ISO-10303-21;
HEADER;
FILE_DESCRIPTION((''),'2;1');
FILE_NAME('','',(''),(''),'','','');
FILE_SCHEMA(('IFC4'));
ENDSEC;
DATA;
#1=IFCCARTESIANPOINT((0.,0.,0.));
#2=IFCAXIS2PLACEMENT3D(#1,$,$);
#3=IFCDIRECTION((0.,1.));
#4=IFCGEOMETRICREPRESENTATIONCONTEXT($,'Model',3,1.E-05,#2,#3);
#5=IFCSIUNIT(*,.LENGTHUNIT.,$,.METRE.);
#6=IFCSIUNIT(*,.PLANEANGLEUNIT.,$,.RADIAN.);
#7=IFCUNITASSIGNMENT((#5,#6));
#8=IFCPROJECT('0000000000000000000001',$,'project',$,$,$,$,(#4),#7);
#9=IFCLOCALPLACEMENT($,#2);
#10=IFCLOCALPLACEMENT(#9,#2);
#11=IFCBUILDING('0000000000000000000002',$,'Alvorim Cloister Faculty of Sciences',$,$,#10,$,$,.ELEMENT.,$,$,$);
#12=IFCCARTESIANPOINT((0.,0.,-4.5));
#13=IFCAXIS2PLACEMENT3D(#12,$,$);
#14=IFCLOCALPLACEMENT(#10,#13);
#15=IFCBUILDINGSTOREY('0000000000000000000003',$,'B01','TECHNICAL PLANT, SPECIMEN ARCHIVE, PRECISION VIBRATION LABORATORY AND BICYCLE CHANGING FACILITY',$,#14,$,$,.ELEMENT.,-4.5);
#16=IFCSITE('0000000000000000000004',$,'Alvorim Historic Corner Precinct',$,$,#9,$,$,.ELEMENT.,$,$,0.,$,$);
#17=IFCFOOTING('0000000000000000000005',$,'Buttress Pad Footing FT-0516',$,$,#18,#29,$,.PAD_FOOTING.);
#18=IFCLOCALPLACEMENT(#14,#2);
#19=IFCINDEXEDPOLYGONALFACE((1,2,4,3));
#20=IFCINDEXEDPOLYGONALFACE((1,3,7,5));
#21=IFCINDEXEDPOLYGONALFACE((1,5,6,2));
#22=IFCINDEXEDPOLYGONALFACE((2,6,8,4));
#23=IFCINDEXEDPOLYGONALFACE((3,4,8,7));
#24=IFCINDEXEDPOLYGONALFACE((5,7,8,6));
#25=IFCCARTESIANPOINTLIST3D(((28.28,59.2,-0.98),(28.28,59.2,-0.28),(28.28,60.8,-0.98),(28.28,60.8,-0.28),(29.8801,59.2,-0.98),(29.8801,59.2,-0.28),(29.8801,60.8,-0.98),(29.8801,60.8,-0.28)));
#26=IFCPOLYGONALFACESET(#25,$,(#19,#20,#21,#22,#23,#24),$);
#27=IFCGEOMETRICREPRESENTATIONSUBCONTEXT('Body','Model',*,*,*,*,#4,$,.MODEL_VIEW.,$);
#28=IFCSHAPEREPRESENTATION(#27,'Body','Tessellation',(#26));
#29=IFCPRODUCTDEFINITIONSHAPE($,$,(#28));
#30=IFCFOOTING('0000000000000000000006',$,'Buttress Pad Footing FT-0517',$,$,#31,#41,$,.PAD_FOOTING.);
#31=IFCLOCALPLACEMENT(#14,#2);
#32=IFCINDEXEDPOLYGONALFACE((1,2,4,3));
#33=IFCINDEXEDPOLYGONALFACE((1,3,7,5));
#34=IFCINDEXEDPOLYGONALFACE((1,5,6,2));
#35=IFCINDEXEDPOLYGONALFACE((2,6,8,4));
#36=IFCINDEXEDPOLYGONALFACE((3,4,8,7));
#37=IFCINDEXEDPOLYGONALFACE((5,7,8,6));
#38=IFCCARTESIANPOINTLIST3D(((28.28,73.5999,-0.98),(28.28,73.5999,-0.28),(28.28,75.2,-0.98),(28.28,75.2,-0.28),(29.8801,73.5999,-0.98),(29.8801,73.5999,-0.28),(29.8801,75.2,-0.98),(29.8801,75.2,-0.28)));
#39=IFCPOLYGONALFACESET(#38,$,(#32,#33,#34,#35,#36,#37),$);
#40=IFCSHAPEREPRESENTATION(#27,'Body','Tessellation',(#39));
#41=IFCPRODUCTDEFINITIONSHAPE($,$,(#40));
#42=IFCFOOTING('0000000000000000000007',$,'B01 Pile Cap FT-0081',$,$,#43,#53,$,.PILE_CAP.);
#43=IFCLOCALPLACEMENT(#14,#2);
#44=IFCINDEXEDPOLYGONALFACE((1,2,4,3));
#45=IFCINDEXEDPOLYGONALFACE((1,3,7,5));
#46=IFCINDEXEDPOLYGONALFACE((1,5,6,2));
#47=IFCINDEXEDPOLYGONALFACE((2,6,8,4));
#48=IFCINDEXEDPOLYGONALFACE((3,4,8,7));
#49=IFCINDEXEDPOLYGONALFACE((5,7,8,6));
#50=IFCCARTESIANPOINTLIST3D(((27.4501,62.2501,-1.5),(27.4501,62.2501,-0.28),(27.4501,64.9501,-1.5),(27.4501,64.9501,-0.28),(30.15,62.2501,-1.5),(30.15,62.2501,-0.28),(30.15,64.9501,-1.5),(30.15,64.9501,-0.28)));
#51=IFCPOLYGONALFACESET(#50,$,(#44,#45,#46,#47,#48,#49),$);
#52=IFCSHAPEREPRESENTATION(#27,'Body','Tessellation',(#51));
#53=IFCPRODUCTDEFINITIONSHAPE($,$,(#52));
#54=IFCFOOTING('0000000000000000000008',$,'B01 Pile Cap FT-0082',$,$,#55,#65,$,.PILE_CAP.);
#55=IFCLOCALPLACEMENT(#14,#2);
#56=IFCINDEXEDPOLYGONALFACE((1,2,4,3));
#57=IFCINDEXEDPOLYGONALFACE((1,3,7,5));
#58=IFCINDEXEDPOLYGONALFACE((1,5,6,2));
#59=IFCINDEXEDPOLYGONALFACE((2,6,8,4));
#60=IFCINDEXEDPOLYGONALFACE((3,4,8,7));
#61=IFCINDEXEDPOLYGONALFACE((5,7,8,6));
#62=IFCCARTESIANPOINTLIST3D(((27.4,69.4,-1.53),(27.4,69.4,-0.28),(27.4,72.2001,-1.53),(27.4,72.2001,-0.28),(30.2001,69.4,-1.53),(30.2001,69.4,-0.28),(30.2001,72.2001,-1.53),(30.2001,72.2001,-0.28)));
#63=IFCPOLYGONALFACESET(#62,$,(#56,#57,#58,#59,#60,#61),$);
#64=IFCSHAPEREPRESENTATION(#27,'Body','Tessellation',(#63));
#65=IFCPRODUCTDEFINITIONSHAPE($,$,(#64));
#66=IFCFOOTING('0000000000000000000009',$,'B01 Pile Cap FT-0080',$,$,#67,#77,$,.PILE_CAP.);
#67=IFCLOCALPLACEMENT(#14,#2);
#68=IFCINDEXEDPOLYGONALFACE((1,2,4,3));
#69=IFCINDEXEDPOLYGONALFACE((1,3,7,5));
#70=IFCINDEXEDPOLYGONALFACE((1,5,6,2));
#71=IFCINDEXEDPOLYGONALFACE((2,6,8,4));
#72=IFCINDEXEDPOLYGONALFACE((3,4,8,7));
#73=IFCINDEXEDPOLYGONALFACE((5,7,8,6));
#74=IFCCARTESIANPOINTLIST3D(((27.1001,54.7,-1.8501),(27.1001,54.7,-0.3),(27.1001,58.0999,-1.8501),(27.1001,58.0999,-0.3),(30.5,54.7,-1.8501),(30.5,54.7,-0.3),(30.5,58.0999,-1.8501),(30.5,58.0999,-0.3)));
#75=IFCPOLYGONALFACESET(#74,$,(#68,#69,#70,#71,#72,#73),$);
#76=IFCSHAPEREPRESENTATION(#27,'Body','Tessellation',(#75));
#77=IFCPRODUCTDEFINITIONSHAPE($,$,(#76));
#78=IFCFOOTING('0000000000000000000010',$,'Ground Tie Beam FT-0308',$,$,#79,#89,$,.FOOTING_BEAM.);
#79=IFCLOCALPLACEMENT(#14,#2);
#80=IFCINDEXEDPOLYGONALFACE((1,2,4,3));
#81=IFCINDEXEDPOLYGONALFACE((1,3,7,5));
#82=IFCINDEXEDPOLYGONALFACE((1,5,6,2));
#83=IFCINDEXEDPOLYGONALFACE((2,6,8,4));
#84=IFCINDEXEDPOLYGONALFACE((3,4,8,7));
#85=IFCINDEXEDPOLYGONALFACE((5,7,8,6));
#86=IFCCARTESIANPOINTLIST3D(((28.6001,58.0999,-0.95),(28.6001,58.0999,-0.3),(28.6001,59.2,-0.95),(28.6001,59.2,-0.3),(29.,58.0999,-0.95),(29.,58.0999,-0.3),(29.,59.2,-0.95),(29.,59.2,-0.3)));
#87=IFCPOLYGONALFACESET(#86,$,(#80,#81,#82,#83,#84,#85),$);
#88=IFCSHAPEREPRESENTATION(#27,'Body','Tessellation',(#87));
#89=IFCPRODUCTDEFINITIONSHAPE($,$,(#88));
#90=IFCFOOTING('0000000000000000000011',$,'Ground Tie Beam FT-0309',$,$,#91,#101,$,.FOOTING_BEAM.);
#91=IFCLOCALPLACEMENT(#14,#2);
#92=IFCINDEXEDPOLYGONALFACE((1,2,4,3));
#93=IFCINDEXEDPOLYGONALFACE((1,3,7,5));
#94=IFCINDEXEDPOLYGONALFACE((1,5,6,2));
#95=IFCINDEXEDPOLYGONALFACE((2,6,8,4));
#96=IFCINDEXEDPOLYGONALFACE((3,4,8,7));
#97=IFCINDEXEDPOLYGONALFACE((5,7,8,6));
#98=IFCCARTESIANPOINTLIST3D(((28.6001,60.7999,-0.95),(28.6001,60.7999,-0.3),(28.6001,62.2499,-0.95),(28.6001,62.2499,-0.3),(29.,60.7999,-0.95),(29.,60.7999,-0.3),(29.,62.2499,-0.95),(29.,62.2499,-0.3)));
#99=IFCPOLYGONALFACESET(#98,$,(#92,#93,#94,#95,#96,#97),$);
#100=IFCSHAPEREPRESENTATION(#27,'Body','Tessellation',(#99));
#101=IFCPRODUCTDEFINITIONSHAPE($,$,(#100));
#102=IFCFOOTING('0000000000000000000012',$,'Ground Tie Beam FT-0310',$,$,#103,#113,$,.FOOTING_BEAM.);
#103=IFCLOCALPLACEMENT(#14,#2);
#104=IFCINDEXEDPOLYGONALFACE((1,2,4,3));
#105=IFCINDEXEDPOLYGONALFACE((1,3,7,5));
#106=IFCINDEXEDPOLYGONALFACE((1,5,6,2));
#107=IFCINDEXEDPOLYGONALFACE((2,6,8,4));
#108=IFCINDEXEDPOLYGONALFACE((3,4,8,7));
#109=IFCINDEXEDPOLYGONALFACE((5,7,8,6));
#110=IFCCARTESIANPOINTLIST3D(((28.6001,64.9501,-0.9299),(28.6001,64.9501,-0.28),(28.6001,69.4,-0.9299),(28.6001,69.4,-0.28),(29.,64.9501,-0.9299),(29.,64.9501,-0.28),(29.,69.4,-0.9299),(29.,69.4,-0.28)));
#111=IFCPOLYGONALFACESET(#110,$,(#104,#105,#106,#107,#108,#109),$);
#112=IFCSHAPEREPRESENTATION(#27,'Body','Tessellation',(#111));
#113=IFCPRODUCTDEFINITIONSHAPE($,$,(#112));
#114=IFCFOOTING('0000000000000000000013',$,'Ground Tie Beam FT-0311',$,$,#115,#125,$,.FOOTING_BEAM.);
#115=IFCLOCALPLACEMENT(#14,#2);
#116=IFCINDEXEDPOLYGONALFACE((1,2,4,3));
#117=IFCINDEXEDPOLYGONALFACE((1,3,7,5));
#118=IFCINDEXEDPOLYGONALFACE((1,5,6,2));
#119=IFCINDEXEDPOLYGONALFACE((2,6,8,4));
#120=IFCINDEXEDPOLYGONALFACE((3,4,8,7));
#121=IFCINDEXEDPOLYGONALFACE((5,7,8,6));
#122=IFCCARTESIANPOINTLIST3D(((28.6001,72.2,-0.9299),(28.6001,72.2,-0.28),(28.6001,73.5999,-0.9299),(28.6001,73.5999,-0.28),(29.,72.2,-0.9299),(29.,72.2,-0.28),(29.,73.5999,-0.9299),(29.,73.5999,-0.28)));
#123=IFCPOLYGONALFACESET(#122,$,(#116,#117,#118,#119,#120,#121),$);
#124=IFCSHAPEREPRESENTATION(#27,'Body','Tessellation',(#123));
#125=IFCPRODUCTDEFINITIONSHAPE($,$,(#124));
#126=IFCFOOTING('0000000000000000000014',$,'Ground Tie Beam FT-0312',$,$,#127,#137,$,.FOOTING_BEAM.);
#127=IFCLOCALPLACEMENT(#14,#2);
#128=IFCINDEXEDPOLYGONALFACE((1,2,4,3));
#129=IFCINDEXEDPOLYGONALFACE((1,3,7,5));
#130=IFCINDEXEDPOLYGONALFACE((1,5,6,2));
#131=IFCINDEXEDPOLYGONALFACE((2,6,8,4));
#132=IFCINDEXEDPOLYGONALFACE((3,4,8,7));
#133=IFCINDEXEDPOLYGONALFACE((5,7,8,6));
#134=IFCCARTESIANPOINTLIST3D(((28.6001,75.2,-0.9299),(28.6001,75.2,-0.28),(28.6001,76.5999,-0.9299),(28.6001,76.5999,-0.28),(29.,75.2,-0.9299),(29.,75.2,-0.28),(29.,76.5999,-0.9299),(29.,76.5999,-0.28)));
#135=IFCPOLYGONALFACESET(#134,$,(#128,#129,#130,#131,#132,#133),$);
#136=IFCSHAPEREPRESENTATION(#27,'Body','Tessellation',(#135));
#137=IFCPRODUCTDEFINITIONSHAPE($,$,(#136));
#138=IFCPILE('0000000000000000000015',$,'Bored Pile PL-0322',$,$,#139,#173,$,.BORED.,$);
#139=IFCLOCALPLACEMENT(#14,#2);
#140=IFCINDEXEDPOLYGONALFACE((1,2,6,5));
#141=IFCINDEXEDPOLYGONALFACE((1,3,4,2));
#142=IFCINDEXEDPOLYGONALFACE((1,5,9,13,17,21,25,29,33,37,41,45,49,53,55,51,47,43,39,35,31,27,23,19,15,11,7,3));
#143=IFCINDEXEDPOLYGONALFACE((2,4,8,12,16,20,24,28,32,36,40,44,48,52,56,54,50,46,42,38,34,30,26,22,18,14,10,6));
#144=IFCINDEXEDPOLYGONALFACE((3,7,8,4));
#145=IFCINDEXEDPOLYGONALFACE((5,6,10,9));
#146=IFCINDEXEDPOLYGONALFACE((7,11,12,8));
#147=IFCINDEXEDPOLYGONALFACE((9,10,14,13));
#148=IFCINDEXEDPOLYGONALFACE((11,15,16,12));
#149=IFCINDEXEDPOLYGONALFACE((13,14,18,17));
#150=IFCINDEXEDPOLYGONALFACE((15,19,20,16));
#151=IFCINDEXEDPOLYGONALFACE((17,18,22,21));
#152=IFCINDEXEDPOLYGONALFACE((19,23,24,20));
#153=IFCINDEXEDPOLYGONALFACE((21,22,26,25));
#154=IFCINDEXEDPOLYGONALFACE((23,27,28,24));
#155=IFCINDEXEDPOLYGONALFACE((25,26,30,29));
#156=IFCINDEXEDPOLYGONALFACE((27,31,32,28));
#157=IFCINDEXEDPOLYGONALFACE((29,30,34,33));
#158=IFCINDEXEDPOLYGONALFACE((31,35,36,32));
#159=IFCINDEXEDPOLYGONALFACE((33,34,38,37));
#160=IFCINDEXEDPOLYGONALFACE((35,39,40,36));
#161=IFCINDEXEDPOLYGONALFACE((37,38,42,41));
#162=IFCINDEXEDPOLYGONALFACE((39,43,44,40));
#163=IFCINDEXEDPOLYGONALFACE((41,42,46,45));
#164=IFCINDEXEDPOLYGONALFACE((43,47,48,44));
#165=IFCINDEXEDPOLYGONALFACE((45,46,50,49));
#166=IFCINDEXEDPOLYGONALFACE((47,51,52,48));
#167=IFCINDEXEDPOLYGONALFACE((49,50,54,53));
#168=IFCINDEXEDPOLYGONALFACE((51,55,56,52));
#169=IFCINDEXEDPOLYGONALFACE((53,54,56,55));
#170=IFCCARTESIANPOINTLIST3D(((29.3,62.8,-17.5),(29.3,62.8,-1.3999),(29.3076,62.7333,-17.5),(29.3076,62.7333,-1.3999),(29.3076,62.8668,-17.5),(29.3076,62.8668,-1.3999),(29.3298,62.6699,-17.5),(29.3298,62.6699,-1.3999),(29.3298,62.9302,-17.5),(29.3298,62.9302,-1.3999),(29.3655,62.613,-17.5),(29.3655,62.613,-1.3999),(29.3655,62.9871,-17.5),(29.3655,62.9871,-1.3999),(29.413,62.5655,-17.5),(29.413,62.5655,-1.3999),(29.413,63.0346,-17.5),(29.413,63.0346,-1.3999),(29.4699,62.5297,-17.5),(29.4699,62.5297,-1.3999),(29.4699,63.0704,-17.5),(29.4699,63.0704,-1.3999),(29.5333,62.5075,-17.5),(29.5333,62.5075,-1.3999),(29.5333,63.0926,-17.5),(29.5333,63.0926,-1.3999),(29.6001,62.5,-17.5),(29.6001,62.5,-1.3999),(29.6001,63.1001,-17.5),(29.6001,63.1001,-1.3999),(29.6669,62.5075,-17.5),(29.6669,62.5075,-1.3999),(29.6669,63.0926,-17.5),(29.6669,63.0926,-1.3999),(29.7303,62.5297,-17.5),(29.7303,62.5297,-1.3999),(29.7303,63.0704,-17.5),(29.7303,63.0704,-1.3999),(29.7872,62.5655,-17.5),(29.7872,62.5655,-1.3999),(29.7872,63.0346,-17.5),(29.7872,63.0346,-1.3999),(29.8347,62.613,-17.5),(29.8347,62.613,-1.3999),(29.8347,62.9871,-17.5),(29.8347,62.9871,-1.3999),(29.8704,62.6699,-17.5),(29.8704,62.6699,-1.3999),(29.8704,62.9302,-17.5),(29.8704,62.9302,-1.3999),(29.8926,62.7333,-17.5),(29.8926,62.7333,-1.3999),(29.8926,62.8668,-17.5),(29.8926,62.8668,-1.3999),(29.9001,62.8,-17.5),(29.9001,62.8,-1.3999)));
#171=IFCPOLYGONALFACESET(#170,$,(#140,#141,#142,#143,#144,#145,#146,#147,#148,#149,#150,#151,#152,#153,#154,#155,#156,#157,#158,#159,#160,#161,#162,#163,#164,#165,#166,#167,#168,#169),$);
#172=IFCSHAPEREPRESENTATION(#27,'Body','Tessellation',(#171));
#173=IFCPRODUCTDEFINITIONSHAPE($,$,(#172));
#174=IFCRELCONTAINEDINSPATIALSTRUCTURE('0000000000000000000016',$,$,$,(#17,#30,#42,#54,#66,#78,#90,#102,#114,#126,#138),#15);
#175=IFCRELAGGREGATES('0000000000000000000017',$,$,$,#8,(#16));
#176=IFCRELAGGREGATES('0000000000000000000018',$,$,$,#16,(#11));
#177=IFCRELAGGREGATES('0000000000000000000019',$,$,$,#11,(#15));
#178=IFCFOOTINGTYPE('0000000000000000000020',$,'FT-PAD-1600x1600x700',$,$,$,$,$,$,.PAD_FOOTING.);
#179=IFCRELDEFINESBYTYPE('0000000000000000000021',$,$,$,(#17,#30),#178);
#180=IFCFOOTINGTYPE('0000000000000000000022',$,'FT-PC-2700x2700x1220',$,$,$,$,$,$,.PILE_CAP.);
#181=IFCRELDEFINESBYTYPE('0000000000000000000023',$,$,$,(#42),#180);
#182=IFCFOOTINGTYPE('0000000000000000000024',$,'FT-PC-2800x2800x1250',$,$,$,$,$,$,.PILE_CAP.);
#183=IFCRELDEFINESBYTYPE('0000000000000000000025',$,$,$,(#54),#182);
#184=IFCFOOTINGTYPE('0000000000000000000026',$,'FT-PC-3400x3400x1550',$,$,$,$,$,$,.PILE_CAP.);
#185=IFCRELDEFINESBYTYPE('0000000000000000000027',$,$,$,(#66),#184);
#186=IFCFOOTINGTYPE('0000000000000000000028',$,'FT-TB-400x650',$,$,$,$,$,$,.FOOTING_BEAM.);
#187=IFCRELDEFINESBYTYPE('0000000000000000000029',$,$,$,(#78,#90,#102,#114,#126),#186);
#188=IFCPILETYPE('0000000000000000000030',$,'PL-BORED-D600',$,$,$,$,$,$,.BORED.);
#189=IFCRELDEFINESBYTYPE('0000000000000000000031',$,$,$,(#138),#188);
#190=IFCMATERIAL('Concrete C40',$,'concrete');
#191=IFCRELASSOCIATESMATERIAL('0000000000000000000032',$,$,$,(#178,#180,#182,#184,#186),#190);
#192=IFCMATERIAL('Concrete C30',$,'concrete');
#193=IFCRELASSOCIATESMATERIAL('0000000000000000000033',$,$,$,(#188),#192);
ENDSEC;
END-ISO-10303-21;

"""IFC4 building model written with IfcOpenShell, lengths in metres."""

from ifc_helpers import new_model, si_unit, direction, frame, origin, origin_2d, place, context, subcontext, project, spatial, rectangle, circle, extrude, material, material_profile, profile_set, type_object, element, save


model = new_model("IFC4")

# Units and contexts
model_context = context("Model", 3, precision=1e-05, world=origin(), true_north=direction((0.0, 1.0)))
body_context = subcontext(model_context, "Body", "Model", "MODEL_VIEW")
ifc_project = project(units=[si_unit("LENGTHUNIT", "METRE"), si_unit("PLANEANGLEUNIT", "RADIAN")], contexts=[model_context])

# Site, building, storey
site_placement = place(None, origin())
site = spatial("IfcSite", under=ifc_project, at=site_placement, Name="Alvorim Historic Corner Precinct", CompositionType="ELEMENT", RefElevation=0.0)
building_placement = place(site_placement, origin())
building = spatial("IfcBuilding", under=site, at=building_placement, Name="Alvorim Cloister Faculty of Sciences", CompositionType="ELEMENT")
storey_placement = place(building_placement, frame((0.0, 0.0, -4.5)))
storey = spatial("IfcBuildingStorey", under=building, at=storey_placement, Name="B01", Description="TECHNICAL PLANT, SPECIMEN ARCHIVE, PRECISION VIBRATION LABORATORY AND BICYCLE CHANGING FACILITY", CompositionType="ELEMENT", Elevation=-4.5)

# Footings
ifc_material_1 = material(Name="Concrete C40", Category="concrete")
footing_type_1 = type_object("IfcFootingType", Name="FT-PAD-1600x1600x700", PredefinedType="PAD_FOOTING", material=ifc_material_1)
for number, where, z_axis, x_axis, name in (
    (1, (29.0801, 60.0, -0.98), (0.0, 0.0, 1.0), (1.0, 0.0, 0.0), "Buttress Pad Footing FT-0516"),
    (2, (29.0801, 74.3999, -0.98), (0.0, 0.0, 1.0), (1.0, 0.0, 0.0), "Buttress Pad Footing FT-0517"),
):
    element("IfcFooting", number, at=place(storey_placement, frame(where, z_axis=z_axis, x_axis=x_axis)), inside=storey, type_object=footing_type_1, Name=name, PredefinedType="PAD_FOOTING", context=body_context, shape_type="SweptSolid", body=[
        extrude(rectangle(XDim=1.6001, YDim=1.6001, at=origin_2d()), origin(), (0.0, 0.0, 1.0), 0.7),
    ])
footing_type_2 = type_object("IfcFootingType", Name="FT-PC-2700x2700x1220", PredefinedType="PILE_CAP", material=ifc_material_1)
footing_1_placement = place(storey_placement, frame((28.8, 63.6001, -1.5), z_axis=(0.0, 0.0, 1.0), x_axis=(1.0, 0.0, 0.0)))
element("IfcFooting", 3, at=footing_1_placement, inside=storey, type_object=footing_type_2, Name="B01 Pile Cap FT-0081", PredefinedType="PILE_CAP", context=body_context, shape_type="SweptSolid", body=[
    extrude(rectangle(XDim=2.7, YDim=2.7, at=origin_2d()), origin(), (0.0, 0.0, 1.0), 1.22),
])
footing_type_3 = type_object("IfcFootingType", Name="FT-PC-2800x2800x1250", PredefinedType="PILE_CAP", material=ifc_material_1)
footing_2_placement = place(storey_placement, frame((28.8, 70.8, -1.53), z_axis=(0.0, 0.0, 1.0), x_axis=(1.0, 0.0, 0.0)))
element("IfcFooting", 4, at=footing_2_placement, inside=storey, type_object=footing_type_3, Name="B01 Pile Cap FT-0082", PredefinedType="PILE_CAP", context=body_context, shape_type="SweptSolid", body=[
    extrude(rectangle(XDim=2.8, YDim=2.8, at=origin_2d()), origin(), (0.0, 0.0, 1.0), 1.25),
])
footing_type_4 = type_object("IfcFootingType", Name="FT-PC-3400x3400x1550", PredefinedType="PILE_CAP", material=ifc_material_1)
footing_3_placement = place(storey_placement, frame((28.8, 56.3999, -1.8501), z_axis=(0.0, 0.0, 1.0), x_axis=(1.0, 0.0, 0.0)))
element("IfcFooting", 5, at=footing_3_placement, inside=storey, type_object=footing_type_4, Name="B01 Pile Cap FT-0080", PredefinedType="PILE_CAP", context=body_context, shape_type="SweptSolid", body=[
    extrude(rectangle(XDim=3.3999, YDim=3.3999, at=origin_2d()), origin(), (0.0, 0.0, 1.0), 1.55),
])
footing_type_5 = type_object("IfcFootingType", Name="FT-TB-400x650", PredefinedType="FOOTING_BEAM", material=ifc_material_1)
footing_4_placement = place(storey_placement, frame((28.8, 58.6499, -0.95), z_axis=(0.0, 0.0, 1.0), x_axis=(1.0, 0.0, 0.0)))
element("IfcFooting", 6, at=footing_4_placement, inside=storey, type_object=footing_type_5, Name="Ground Tie Beam FT-0308", PredefinedType="FOOTING_BEAM", context=body_context, shape_type="SweptSolid", body=[
    extrude(rectangle(XDim=0.3999, YDim=1.1001, at=origin_2d()), origin(), (0.0, 0.0, 1.0), 0.6499),
])
footing_5_placement = place(storey_placement, frame((28.8, 61.5249, -0.95), z_axis=(0.0, 0.0, 1.0), x_axis=(1.0, 0.0, 0.0)))
element("IfcFooting", 7, at=footing_5_placement, inside=storey, type_object=footing_type_5, Name="Ground Tie Beam FT-0309", PredefinedType="FOOTING_BEAM", context=body_context, shape_type="SweptSolid", body=[
    extrude(rectangle(XDim=0.3999, YDim=1.45, at=origin_2d()), origin(), (0.0, 0.0, 1.0), 0.6499),
])
footing_6_placement = place(storey_placement, frame((28.8, 67.175, -0.9299), z_axis=(0.0, 0.0, 1.0), x_axis=(1.0, 0.0, 0.0)))
element("IfcFooting", 8, at=footing_6_placement, inside=storey, type_object=footing_type_5, Name="Ground Tie Beam FT-0310", PredefinedType="FOOTING_BEAM", context=body_context, shape_type="SweptSolid", body=[
    extrude(rectangle(XDim=0.3999, YDim=4.45, at=origin_2d()), origin(), (0.0, 0.0, 1.0), 0.6499),
])
for number, where, z_axis, x_axis, name in (
    (9, (28.8, 72.8999, -0.9299), (0.0, 0.0, 1.0), (1.0, 0.0, 0.0), "Ground Tie Beam FT-0311"),
    (10, (28.8, 75.8999, -0.9299), (0.0, 0.0, 1.0), (1.0, 0.0, 0.0), "Ground Tie Beam FT-0312"),
):
    element("IfcFooting", number, at=place(storey_placement, frame(where, z_axis=z_axis, x_axis=x_axis)), inside=storey, type_object=footing_type_5, Name=name, PredefinedType="FOOTING_BEAM", context=body_context, shape_type="SweptSolid", body=[
        extrude(rectangle(XDim=0.3999, YDim=1.3999, at=origin_2d()), origin(), (0.0, 0.0, 1.0), 0.6499),
    ])

# Pile
ifc_material_2 = material(Name="Concrete C30", Category="concrete")
ifc_material_profile_1 = material_profile(ifc_material_2, circle(Radius=0.3, at=origin_2d()), Name="PILE-D600")
ifc_profile_set_1 = profile_set([ifc_material_profile_1], Name="Concrete C30")
pile_type_1 = type_object("IfcPileType", Name="PL-BORED-D600", PredefinedType="BORED", material=ifc_profile_set_1)
for number, where, z_axis, x_axis, name in (
    (11, (29.6001, 62.8, -1.3999), (0.0, 0.0, -1.0), (1.0, 0.0, 0.0), "Bored Pile PL-0322"),
):
    element("IfcPile", number, at=place(storey_placement, frame(where, z_axis=z_axis, x_axis=x_axis)), inside=storey, type_object=pile_type_1, Name=name, PredefinedType="BORED", context=body_context, shape_type="SweptSolid", body=[
        extrude(circle(Radius=0.3, at=origin_2d()), origin(), (0.0, 0.0, 1.0), 16.1001),
    ])

save(model, "model.ifc")
